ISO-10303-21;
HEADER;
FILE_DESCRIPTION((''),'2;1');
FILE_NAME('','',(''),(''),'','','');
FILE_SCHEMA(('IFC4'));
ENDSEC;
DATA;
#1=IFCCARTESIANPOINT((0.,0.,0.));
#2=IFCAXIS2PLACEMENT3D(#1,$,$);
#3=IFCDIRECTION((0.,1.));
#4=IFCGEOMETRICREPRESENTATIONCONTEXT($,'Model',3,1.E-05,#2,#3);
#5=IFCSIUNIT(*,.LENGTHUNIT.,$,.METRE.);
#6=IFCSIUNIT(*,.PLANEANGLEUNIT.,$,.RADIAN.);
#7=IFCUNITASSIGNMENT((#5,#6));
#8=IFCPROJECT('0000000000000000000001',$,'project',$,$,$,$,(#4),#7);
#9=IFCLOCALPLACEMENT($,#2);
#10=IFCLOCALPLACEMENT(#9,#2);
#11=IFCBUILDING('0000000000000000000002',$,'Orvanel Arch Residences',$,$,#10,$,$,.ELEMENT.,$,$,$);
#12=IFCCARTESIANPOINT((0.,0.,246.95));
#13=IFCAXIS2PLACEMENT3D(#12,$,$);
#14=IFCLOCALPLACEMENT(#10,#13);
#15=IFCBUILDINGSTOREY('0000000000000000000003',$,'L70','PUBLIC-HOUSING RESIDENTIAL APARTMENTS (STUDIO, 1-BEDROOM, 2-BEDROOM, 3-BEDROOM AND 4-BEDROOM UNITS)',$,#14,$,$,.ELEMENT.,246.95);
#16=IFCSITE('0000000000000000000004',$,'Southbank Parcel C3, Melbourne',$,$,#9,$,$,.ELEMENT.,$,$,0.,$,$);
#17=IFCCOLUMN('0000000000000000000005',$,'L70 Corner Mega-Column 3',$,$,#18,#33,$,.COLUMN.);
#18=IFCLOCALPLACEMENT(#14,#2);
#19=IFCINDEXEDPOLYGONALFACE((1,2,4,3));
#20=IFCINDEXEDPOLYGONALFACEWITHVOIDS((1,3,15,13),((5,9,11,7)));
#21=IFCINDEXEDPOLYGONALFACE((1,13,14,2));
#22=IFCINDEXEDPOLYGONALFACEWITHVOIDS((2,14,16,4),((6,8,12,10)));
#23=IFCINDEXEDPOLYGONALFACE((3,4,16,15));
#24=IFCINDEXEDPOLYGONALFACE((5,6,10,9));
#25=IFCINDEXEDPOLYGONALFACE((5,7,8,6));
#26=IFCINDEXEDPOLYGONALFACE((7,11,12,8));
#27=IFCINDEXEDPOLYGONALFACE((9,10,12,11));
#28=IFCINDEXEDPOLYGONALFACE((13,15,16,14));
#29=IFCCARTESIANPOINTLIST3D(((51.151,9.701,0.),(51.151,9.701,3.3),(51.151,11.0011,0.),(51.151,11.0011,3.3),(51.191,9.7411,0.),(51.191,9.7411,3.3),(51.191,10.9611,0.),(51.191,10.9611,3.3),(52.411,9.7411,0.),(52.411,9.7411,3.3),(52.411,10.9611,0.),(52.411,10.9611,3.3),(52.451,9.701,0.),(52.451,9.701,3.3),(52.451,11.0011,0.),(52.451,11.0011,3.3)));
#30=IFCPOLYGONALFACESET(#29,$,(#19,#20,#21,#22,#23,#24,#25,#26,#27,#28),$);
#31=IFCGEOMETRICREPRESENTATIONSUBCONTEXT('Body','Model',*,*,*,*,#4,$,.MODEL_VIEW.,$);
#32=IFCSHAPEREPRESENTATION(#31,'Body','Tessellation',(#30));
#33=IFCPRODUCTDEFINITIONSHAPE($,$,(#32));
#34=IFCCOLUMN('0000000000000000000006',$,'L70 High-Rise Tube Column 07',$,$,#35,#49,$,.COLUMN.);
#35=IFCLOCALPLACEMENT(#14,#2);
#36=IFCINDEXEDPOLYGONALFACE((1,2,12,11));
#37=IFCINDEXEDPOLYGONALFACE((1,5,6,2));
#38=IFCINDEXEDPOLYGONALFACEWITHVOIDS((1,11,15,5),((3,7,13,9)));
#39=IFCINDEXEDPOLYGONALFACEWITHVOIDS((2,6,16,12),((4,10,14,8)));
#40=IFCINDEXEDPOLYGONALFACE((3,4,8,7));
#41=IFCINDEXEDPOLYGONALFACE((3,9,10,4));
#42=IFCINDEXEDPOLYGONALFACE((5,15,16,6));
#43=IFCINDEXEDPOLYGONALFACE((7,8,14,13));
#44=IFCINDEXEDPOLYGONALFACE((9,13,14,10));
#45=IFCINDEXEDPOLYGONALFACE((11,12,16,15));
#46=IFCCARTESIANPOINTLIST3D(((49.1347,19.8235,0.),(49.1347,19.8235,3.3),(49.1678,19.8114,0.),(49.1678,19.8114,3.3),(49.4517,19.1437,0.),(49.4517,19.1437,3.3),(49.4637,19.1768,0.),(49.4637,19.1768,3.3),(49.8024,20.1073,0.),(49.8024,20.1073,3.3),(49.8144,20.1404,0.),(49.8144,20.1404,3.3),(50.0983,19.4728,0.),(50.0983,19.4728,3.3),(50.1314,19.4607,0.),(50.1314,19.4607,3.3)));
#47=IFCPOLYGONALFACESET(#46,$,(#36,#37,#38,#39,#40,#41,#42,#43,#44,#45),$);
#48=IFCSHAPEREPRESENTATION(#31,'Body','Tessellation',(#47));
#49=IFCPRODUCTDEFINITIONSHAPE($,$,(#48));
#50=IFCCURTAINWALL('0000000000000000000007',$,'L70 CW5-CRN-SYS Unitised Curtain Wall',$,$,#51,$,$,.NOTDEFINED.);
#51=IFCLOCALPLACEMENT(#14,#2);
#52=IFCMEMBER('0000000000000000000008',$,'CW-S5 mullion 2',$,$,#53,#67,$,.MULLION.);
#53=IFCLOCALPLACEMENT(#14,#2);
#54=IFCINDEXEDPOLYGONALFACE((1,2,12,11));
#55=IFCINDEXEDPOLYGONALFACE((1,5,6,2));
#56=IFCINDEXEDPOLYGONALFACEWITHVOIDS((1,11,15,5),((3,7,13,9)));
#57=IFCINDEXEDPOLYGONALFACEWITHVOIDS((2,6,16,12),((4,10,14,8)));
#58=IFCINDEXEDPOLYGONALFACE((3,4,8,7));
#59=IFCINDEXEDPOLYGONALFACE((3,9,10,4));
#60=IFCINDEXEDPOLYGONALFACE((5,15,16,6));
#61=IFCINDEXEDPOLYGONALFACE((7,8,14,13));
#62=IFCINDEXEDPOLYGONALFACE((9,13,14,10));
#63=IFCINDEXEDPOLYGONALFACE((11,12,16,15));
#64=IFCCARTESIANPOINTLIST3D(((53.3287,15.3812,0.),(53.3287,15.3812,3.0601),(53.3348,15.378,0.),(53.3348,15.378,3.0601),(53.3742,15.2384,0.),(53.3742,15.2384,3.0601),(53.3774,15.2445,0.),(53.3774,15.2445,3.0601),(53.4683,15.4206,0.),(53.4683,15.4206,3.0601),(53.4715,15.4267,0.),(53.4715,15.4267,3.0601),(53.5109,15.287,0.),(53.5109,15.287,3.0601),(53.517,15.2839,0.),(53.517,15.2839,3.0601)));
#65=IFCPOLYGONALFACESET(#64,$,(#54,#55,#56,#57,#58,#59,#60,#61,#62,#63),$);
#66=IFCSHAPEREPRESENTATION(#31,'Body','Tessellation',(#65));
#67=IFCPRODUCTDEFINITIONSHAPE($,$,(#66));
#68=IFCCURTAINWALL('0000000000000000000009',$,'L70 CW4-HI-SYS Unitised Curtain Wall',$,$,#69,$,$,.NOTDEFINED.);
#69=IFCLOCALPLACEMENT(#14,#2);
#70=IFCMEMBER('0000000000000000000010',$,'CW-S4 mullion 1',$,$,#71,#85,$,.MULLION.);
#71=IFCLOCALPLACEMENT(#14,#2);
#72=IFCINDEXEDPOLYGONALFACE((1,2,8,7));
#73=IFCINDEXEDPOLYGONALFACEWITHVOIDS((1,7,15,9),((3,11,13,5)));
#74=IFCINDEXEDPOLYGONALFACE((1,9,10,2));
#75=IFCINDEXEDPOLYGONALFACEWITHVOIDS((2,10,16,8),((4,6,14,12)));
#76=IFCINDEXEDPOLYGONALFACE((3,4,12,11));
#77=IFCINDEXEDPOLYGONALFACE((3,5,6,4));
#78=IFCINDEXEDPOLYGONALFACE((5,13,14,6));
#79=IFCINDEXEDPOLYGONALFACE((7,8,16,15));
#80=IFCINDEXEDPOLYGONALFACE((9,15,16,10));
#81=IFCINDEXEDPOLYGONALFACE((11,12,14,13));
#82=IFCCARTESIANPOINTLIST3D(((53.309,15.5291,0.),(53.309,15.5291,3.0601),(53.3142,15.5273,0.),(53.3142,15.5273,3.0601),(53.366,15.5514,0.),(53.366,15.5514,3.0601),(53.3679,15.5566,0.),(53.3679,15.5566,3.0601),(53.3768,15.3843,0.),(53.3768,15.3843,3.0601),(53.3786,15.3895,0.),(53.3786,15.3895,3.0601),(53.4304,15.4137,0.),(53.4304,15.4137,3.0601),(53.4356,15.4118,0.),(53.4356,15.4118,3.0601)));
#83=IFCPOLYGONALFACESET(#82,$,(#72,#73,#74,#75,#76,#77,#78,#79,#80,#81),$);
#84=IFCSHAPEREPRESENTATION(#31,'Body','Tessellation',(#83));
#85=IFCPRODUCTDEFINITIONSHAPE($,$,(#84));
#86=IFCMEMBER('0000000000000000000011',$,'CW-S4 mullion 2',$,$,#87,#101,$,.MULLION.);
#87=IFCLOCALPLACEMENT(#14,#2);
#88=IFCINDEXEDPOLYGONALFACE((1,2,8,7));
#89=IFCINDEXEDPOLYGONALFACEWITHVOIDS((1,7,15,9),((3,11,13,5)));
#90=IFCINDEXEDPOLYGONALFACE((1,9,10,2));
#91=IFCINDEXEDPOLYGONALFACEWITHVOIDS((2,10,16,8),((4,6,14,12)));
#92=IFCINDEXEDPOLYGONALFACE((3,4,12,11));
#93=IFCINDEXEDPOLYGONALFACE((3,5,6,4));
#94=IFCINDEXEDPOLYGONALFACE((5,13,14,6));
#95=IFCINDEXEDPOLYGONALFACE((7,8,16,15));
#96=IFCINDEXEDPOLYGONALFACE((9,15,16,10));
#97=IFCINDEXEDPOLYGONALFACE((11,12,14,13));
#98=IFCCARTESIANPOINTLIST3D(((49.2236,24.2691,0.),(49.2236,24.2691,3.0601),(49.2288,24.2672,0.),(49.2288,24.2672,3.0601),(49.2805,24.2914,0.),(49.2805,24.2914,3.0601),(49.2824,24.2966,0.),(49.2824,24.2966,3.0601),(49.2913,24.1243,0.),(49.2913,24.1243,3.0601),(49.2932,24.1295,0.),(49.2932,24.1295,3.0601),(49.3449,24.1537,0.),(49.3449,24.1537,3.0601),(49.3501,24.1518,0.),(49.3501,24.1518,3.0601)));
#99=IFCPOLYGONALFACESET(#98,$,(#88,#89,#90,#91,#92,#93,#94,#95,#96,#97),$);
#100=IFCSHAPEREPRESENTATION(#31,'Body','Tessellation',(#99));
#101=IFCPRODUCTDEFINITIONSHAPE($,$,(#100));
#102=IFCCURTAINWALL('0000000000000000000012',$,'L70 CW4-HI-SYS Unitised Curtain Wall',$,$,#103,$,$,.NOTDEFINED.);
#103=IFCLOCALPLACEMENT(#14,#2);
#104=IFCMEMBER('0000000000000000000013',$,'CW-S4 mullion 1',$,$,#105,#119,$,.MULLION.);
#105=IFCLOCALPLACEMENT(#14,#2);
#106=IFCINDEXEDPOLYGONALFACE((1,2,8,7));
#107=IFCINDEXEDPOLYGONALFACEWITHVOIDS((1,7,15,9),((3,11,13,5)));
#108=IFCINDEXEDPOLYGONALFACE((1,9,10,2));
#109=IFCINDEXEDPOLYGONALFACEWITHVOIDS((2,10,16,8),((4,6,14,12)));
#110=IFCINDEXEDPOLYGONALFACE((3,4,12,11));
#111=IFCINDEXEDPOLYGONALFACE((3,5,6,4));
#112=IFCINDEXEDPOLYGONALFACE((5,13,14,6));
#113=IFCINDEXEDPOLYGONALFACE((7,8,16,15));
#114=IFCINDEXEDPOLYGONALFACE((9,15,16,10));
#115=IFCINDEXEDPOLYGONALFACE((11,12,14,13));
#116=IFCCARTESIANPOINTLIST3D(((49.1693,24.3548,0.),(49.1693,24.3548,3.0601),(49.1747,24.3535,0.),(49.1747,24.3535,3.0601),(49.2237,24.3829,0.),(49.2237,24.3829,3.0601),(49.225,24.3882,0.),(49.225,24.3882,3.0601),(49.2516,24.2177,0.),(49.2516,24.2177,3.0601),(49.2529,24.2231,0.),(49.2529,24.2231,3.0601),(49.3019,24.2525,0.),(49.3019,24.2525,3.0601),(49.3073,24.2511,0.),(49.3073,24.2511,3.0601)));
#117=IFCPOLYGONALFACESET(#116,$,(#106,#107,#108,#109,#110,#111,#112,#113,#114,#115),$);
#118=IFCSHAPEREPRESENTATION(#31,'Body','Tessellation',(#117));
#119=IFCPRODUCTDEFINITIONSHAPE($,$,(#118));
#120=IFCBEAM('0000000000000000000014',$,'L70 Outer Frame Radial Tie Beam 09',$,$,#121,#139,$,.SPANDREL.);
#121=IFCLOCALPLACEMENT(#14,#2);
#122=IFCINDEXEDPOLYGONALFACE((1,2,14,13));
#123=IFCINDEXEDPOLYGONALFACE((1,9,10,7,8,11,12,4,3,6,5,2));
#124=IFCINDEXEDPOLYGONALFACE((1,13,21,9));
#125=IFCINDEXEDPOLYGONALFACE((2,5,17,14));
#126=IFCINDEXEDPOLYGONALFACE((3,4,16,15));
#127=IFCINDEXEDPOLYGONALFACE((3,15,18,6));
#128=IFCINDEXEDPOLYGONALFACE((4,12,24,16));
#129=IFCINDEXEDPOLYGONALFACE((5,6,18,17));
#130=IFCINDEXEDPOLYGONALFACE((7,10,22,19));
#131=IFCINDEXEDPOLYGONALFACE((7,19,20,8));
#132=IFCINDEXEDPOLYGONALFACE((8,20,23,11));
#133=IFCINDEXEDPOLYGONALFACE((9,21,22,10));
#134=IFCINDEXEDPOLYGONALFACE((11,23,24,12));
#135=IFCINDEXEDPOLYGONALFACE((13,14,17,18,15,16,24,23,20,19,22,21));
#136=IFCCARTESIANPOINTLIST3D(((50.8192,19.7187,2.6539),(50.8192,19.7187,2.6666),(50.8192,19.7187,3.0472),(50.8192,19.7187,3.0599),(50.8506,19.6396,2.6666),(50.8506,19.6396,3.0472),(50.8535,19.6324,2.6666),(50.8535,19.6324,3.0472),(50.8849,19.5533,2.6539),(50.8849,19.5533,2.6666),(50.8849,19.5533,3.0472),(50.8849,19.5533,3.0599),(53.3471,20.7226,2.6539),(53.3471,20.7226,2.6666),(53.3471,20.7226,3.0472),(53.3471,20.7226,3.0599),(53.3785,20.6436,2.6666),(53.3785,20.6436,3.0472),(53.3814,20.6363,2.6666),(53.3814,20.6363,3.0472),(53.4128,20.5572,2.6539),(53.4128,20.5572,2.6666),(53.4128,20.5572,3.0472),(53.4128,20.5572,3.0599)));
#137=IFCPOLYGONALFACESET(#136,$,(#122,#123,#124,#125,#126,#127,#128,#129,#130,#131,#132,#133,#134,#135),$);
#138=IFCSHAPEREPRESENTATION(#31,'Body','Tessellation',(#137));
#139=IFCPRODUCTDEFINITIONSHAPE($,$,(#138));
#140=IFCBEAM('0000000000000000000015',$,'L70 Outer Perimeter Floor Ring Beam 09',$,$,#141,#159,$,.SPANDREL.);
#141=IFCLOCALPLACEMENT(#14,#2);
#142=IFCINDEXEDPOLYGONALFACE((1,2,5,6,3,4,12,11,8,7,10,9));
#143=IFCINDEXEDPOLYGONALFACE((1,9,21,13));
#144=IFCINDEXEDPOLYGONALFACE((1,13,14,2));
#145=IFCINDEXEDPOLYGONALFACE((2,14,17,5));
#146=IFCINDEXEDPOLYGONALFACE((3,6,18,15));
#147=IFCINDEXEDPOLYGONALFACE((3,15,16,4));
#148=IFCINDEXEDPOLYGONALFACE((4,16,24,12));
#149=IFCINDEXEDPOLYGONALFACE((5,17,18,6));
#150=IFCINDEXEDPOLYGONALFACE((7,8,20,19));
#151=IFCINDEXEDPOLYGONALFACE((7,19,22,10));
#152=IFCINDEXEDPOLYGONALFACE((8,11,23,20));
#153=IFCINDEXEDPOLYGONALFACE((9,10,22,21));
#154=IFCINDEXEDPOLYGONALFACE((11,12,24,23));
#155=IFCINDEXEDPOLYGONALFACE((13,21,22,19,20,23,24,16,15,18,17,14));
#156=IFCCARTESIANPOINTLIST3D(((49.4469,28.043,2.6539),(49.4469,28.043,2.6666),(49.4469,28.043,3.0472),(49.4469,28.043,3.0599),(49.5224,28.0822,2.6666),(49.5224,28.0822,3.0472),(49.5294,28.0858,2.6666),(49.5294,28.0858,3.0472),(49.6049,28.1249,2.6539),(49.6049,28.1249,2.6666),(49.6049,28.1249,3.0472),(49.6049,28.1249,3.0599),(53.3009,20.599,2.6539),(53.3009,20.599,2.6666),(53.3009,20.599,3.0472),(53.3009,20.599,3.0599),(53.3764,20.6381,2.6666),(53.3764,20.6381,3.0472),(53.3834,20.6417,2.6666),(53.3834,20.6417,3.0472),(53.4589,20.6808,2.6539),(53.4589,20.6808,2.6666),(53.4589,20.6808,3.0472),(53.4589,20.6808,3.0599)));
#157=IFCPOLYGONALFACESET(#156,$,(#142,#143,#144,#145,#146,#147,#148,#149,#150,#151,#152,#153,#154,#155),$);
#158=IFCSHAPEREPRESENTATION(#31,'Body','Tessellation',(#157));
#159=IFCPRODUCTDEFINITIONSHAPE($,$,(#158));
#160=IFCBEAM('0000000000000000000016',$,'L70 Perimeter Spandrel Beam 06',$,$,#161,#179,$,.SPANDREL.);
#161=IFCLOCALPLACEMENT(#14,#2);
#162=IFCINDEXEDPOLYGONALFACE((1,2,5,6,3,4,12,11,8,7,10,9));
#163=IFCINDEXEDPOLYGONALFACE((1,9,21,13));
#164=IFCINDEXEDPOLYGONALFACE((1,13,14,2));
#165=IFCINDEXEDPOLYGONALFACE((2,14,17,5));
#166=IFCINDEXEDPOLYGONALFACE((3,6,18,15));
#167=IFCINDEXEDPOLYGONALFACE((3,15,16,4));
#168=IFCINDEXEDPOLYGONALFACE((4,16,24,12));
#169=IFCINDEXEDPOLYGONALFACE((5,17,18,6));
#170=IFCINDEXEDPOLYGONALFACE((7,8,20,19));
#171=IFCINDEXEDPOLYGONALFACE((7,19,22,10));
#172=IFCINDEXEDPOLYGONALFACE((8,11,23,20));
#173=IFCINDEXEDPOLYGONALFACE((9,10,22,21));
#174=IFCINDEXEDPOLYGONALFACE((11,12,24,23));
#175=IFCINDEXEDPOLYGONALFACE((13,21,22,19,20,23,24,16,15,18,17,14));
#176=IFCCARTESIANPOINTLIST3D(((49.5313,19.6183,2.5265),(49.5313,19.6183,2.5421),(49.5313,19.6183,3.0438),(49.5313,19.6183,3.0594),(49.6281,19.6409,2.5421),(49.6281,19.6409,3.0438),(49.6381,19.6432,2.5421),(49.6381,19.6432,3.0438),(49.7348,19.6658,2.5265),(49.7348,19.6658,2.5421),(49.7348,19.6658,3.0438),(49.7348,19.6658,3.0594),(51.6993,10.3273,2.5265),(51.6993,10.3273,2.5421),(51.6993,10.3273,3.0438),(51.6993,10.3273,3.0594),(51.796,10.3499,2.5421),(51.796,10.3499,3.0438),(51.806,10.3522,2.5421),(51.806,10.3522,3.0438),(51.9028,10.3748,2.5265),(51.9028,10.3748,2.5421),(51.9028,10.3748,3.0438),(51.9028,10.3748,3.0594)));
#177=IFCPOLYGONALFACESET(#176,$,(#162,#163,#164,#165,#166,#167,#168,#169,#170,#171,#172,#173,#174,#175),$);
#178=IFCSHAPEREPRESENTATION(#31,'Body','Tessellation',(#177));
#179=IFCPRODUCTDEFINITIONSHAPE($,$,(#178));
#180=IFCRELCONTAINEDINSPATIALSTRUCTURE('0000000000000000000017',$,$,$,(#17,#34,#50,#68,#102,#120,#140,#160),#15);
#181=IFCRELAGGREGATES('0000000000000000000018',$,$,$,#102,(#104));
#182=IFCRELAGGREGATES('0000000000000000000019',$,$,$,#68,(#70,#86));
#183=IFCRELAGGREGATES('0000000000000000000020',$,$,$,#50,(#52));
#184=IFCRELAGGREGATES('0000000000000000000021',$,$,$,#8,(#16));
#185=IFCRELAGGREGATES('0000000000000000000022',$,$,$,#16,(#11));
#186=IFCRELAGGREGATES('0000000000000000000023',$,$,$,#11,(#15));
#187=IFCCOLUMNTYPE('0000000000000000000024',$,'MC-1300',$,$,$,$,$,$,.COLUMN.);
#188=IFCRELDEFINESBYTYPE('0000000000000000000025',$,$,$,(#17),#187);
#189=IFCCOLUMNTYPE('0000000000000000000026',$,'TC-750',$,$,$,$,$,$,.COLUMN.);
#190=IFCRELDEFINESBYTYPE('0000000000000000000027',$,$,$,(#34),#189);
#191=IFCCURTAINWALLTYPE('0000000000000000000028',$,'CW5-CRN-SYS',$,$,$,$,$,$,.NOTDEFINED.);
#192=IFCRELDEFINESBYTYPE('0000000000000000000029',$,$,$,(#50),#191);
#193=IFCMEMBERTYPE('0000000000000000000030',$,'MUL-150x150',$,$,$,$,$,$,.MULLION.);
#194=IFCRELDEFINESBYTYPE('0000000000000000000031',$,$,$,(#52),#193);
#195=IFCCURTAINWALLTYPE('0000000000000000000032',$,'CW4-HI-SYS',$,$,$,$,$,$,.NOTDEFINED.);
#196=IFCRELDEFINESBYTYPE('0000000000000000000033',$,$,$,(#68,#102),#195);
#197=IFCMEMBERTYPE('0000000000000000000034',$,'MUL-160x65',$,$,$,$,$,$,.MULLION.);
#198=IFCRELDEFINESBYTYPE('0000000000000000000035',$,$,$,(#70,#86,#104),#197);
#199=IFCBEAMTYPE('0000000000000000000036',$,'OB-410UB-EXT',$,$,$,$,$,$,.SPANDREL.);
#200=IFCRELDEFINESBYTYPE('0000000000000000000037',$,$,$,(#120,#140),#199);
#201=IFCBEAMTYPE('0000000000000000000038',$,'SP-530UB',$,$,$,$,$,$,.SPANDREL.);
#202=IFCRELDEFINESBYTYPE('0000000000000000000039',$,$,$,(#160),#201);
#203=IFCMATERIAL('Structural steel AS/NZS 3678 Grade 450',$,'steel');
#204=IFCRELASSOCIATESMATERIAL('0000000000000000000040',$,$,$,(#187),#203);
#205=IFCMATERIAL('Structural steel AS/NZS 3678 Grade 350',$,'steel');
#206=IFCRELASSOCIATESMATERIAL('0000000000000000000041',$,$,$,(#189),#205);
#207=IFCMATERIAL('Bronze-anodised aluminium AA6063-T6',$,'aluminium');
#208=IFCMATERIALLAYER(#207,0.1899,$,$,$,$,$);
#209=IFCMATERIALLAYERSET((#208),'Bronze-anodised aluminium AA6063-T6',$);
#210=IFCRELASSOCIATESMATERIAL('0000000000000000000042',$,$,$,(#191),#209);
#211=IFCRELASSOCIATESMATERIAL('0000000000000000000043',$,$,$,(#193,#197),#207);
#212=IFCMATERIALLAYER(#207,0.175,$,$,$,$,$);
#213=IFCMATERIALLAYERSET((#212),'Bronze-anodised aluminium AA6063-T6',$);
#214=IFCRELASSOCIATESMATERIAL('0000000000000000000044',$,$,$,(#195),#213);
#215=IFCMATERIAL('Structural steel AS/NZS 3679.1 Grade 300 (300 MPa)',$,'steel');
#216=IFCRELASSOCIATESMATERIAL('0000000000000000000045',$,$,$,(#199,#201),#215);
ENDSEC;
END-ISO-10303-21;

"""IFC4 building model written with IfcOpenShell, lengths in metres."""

from ifc_helpers import new_model, si_unit, direction, frame, origin, origin_2d, place, context, subcontext, project, spatial, hollow_rectangle, i_section, extrude, material, layer, layer_set, material_profile, profile_set, type_object, element, aggregate, save


model = new_model("IFC4")

# Units and contexts
model_context = context("Model", 3, precision=1e-05, world=origin(), true_north=direction((0.0, 1.0)))
body_context = subcontext(model_context, "Body", "Model", "MODEL_VIEW")
ifc_project = project(units=[si_unit("LENGTHUNIT", "METRE"), si_unit("PLANEANGLEUNIT", "RADIAN")], contexts=[model_context])

# Site, building, storey
site_placement = place(None, origin())
site = spatial("IfcSite", under=ifc_project, at=site_placement, Name="Southbank Parcel C3, Melbourne", CompositionType="ELEMENT", RefElevation=0.0)
building_placement = place(site_placement, origin())
building = spatial("IfcBuilding", under=site, at=building_placement, Name="Orvanel Arch Residences", CompositionType="ELEMENT")
storey_placement = place(building_placement, frame((0.0, 0.0, 246.95)))
storey = spatial("IfcBuildingStorey", under=building, at=storey_placement, Name="L70", Description="PUBLIC-HOUSING RESIDENTIAL APARTMENTS (STUDIO, 1-BEDROOM, 2-BEDROOM, 3-BEDROOM AND 4-BEDROOM UNITS)", CompositionType="ELEMENT", Elevation=246.95)

# Columns
ifc_material_1 = material(Name="Structural steel AS/NZS 3678 Grade 450", Category="steel")
ifc_material_profile_1 = material_profile(ifc_material_1, hollow_rectangle(XDim=1.3, YDim=1.3, WallThickness=0.04, at=origin_2d()), Name="BOX1300x1300x40")
ifc_profile_set_1 = profile_set([ifc_material_profile_1], Name="Structural steel AS/NZS 3678 Grade 450")
column_type_1 = type_object("IfcColumnType", Name="MC-1300", PredefinedType="COLUMN", material=ifc_profile_set_1)
column_1_placement = place(storey_placement, frame((51.801, 10.3511, 0.0), z_axis=(0.0, 0.0, 1.0), x_axis=(1.0, 0.0, 0.0)))
element("IfcColumn", 1, at=column_1_placement, inside=storey, type_object=column_type_1, Name="L70 Corner Mega-Column 3", PredefinedType="COLUMN", context=body_context, shape_type="SweptSolid", body=[
    extrude(hollow_rectangle(XDim=1.3, YDim=1.3, WallThickness=0.04, at=origin_2d()), origin(), (0.0, 0.0, 1.0), 3.3),
])
ifc_material_2 = material(Name="Structural steel AS/NZS 3678 Grade 350", Category="steel")
ifc_material_profile_2 = material_profile(ifc_material_2, hollow_rectangle(XDim=0.75, YDim=0.75, WallThickness=0.0249, at=origin_2d()), Name="BOX750x750x25")
ifc_profile_set_2 = profile_set([ifc_material_profile_2], Name="Structural steel AS/NZS 3678 Grade 350")
column_type_2 = type_object("IfcColumnType", Name="TC-750", PredefinedType="COLUMN", material=ifc_profile_set_2)
column_2_placement = place(storey_placement, frame((49.6331, 19.6421, 0.0), z_axis=(0.0, 0.0, 1.0), x_axis=(-0.422618, 0.906308, 0.0)))
element("IfcColumn", 2, at=column_2_placement, inside=storey, type_object=column_type_2, Name="L70 High-Rise Tube Column 07", PredefinedType="COLUMN", context=body_context, shape_type="SweptSolid", body=[
    extrude(hollow_rectangle(XDim=0.75, YDim=0.75, WallThickness=0.0249, at=origin_2d()), origin(), (0.0, 0.0, 1.0), 3.3),
])

# Curtain wall, member
ifc_material_3 = material(Name="Bronze-anodised aluminium AA6063-T6", Category="aluminium")
ifc_layer_1 = layer(ifc_material_3, 0.1899)
ifc_layer_set_1 = layer_set([ifc_layer_1], Name="Bronze-anodised aluminium AA6063-T6")
curtain_wall_type_1 = type_object("IfcCurtainWallType", Name="CW5-CRN-SYS", PredefinedType="NOTDEFINED", material=ifc_layer_set_1)
curtain_wall_1_placement = place(storey_placement, origin())
curtain_wall_1 = element("IfcCurtainWall", 3, at=curtain_wall_1_placement, inside=storey, type_object=curtain_wall_type_1, Name="L70 CW5-CRN-SYS Unitised Curtain Wall", PredefinedType="NOTDEFINED")
ifc_material_profile_3 = material_profile(ifc_material_3, hollow_rectangle(XDim=0.1499, YDim=0.1499, WallThickness=0.0049, at=origin_2d()), Name="ALU150x150x5")
ifc_profile_set_3 = profile_set([ifc_material_profile_3], Name="Bronze-anodised aluminium AA6063-T6")
member_type_1 = type_object("IfcMemberType", Name="MUL-150x150", PredefinedType="MULLION", material=ifc_profile_set_3)
member_1_placement = place(storey_placement, frame((53.4229, 15.3325, 0.0), z_axis=(0.0, 0.0, 1.0), x_axis=(-0.952802, -0.303593, 0.0)))
member_1 = element("IfcMember", 4, at=member_1_placement, type_object=member_type_1, Name="CW-S5 mullion 2", PredefinedType="MULLION", context=body_context, shape_type="SweptSolid", body=[
    extrude(hollow_rectangle(XDim=0.1499, YDim=0.1499, WallThickness=0.0049, at=origin_2d()), origin(), (0.0, 0.0, 1.0), 3.0601),
])

# Curtain wall, members
ifc_layer_2 = layer(ifc_material_3, 0.175)
ifc_layer_set_2 = layer_set([ifc_layer_2], Name="Bronze-anodised aluminium AA6063-T6")
curtain_wall_type_2 = type_object("IfcCurtainWallType", Name="CW4-HI-SYS", PredefinedType="NOTDEFINED", material=ifc_layer_set_2)
curtain_wall_2_placement = place(storey_placement, origin())
curtain_wall_2 = element("IfcCurtainWall", 5, at=curtain_wall_2_placement, inside=storey, type_object=curtain_wall_type_2, Name="L70 CW4-HI-SYS Unitised Curtain Wall", PredefinedType="NOTDEFINED")
ifc_material_profile_4 = material_profile(ifc_material_3, hollow_rectangle(XDim=0.0649, YDim=0.1599, WallThickness=0.0039, at=origin_2d()), Name="ALU160x65x4")
ifc_profile_set_4 = profile_set([ifc_material_profile_4], Name="Bronze-anodised aluminium AA6063-T6")
member_type_2 = type_object("IfcMemberType", Name="MUL-160x65", PredefinedType="MULLION", material=ifc_profile_set_4)
member_2_placement = place(storey_placement, frame((53.3723, 15.4705, 0.0), z_axis=(0.0, 0.0, 1.0), x_axis=(-0.905915, -0.42346, 0.0)))
member_2 = element("IfcMember", 6, at=member_2_placement, type_object=member_type_2, Name="CW-S4 mullion 1", PredefinedType="MULLION", context=body_context, shape_type="SweptSolid", body=[
    extrude(hollow_rectangle(XDim=0.0649, YDim=0.1599, WallThickness=0.0039, at=origin_2d()), origin(), (0.0, 0.0, 1.0), 3.0601),
])
member_3_placement = place(storey_placement, frame((49.2869, 24.2104, 0.0), z_axis=(0.0, 0.0, 1.0), x_axis=(-0.905915, -0.42346, 0.0)))
member_3 = element("IfcMember", 7, at=member_3_placement, type_object=member_type_2, Name="CW-S4 mullion 2", PredefinedType="MULLION", context=body_context, shape_type="SweptSolid", body=[
    extrude(hollow_rectangle(XDim=0.0649, YDim=0.1599, WallThickness=0.0039, at=origin_2d()), origin(), (0.0, 0.0, 1.0), 3.0601),
])

# Curtain wall, member
curtain_wall_3_placement = place(storey_placement, origin())
curtain_wall_3 = element("IfcCurtainWall", 8, at=curtain_wall_3_placement, inside=storey, type_object=curtain_wall_type_2, Name="L70 CW4-HI-SYS Unitised Curtain Wall", PredefinedType="NOTDEFINED")
member_4_placement = place(storey_placement, frame((49.2383, 24.303, 0.0), z_axis=(0.0, 0.0, 1.0), x_axis=(-0.857511, -0.514465, 0.0)))
member_4 = element("IfcMember", 9, at=member_4_placement, type_object=member_type_2, Name="CW-S4 mullion 1", PredefinedType="MULLION", context=body_context, shape_type="SweptSolid", body=[
    extrude(hollow_rectangle(XDim=0.0649, YDim=0.1599, WallThickness=0.0039, at=origin_2d()), origin(), (0.0, 0.0, 1.0), 3.0601),
])
aggregate(curtain_wall_3, [member_4])

# Beams
ifc_material_4 = material(Name="Structural steel AS/NZS 3679.1 Grade 300 (300 MPa)", Category="steel")
ifc_material_profile_5 = material_profile(ifc_material_4, i_section(OverallWidth=0.178, OverallDepth=0.406, WebThickness=0.0078, FlangeThickness=0.0127, at=origin_2d()), Name="410UB59.7")
ifc_profile_set_5 = profile_set([ifc_material_profile_5], Name="Structural steel AS/NZS 3679.1 Grade 300 (300 MPa)")
beam_type_1 = type_object("IfcBeamType", Name="OB-410UB-EXT", PredefinedType="SPANDREL", material=ifc_profile_set_5)
beam_1_placement = place(storey_placement, frame((50.8521, 19.636, 2.8569), z_axis=(0.92939, 0.369099, 0.0), x_axis=(-0.369099, 0.92939, 0.0)))
element("IfcBeam", 10, at=beam_1_placement, inside=storey, type_object=beam_type_1, Name="L70 Outer Frame Radial Tie Beam 09", PredefinedType="SPANDREL", context=body_context, shape_type="SweptSolid", body=[
    extrude(i_section(OverallWidth=0.178, OverallDepth=0.406, WebThickness=0.0078, FlangeThickness=0.0127, at=origin_2d()), origin(), (0.0, 0.0, 1.0), 2.72),
])
beam_2_placement = place(storey_placement, frame((53.3799, 20.6399, 2.8569), z_axis=(-0.459763, 0.888042, 0.0), x_axis=(-0.888042, -0.459763, 0.0)))
element("IfcBeam", 11, at=beam_2_placement, inside=storey, type_object=beam_type_1, Name="L70 Outer Perimeter Floor Ring Beam 09", PredefinedType="SPANDREL", context=body_context, shape_type="SweptSolid", body=[
    extrude(i_section(OverallWidth=0.178, OverallDepth=0.406, WebThickness=0.0078, FlangeThickness=0.0127, at=origin_2d()), origin(), (0.0, 0.0, 1.0), 8.3826),
])
ifc_material_profile_6 = material_profile(ifc_material_4, i_section(OverallWidth=0.209, OverallDepth=0.533, WebThickness=0.0103, FlangeThickness=0.0156, at=origin_2d()), Name="530UB92.4")
ifc_profile_set_6 = profile_set([ifc_material_profile_6], Name="Structural steel AS/NZS 3679.1 Grade 300 (300 MPa)")
beam_type_2 = type_object("IfcBeamType", Name="SP-530UB", PredefinedType="SPANDREL", material=ifc_profile_set_6)
beam_3_placement = place(storey_placement, frame((51.801, 10.3511, 2.793), z_axis=(-0.227236, 0.97384, 0.0), x_axis=(-0.97384, -0.227236, 0.0)))
element("IfcBeam", 12, at=beam_3_placement, inside=storey, type_object=beam_type_2, Name="L70 Perimeter Spandrel Beam 06", PredefinedType="SPANDREL", context=body_context, shape_type="SweptSolid", body=[
    extrude(i_section(OverallWidth=0.209, OverallDepth=0.533, WebThickness=0.0103, FlangeThickness=0.0156, at=origin_2d()), origin(), (0.0, 0.0, 1.0), 9.5405),
])

aggregate(curtain_wall_2, [member_2, member_3])
aggregate(curtain_wall_1, [member_1])

save(model, "model.ifc")
